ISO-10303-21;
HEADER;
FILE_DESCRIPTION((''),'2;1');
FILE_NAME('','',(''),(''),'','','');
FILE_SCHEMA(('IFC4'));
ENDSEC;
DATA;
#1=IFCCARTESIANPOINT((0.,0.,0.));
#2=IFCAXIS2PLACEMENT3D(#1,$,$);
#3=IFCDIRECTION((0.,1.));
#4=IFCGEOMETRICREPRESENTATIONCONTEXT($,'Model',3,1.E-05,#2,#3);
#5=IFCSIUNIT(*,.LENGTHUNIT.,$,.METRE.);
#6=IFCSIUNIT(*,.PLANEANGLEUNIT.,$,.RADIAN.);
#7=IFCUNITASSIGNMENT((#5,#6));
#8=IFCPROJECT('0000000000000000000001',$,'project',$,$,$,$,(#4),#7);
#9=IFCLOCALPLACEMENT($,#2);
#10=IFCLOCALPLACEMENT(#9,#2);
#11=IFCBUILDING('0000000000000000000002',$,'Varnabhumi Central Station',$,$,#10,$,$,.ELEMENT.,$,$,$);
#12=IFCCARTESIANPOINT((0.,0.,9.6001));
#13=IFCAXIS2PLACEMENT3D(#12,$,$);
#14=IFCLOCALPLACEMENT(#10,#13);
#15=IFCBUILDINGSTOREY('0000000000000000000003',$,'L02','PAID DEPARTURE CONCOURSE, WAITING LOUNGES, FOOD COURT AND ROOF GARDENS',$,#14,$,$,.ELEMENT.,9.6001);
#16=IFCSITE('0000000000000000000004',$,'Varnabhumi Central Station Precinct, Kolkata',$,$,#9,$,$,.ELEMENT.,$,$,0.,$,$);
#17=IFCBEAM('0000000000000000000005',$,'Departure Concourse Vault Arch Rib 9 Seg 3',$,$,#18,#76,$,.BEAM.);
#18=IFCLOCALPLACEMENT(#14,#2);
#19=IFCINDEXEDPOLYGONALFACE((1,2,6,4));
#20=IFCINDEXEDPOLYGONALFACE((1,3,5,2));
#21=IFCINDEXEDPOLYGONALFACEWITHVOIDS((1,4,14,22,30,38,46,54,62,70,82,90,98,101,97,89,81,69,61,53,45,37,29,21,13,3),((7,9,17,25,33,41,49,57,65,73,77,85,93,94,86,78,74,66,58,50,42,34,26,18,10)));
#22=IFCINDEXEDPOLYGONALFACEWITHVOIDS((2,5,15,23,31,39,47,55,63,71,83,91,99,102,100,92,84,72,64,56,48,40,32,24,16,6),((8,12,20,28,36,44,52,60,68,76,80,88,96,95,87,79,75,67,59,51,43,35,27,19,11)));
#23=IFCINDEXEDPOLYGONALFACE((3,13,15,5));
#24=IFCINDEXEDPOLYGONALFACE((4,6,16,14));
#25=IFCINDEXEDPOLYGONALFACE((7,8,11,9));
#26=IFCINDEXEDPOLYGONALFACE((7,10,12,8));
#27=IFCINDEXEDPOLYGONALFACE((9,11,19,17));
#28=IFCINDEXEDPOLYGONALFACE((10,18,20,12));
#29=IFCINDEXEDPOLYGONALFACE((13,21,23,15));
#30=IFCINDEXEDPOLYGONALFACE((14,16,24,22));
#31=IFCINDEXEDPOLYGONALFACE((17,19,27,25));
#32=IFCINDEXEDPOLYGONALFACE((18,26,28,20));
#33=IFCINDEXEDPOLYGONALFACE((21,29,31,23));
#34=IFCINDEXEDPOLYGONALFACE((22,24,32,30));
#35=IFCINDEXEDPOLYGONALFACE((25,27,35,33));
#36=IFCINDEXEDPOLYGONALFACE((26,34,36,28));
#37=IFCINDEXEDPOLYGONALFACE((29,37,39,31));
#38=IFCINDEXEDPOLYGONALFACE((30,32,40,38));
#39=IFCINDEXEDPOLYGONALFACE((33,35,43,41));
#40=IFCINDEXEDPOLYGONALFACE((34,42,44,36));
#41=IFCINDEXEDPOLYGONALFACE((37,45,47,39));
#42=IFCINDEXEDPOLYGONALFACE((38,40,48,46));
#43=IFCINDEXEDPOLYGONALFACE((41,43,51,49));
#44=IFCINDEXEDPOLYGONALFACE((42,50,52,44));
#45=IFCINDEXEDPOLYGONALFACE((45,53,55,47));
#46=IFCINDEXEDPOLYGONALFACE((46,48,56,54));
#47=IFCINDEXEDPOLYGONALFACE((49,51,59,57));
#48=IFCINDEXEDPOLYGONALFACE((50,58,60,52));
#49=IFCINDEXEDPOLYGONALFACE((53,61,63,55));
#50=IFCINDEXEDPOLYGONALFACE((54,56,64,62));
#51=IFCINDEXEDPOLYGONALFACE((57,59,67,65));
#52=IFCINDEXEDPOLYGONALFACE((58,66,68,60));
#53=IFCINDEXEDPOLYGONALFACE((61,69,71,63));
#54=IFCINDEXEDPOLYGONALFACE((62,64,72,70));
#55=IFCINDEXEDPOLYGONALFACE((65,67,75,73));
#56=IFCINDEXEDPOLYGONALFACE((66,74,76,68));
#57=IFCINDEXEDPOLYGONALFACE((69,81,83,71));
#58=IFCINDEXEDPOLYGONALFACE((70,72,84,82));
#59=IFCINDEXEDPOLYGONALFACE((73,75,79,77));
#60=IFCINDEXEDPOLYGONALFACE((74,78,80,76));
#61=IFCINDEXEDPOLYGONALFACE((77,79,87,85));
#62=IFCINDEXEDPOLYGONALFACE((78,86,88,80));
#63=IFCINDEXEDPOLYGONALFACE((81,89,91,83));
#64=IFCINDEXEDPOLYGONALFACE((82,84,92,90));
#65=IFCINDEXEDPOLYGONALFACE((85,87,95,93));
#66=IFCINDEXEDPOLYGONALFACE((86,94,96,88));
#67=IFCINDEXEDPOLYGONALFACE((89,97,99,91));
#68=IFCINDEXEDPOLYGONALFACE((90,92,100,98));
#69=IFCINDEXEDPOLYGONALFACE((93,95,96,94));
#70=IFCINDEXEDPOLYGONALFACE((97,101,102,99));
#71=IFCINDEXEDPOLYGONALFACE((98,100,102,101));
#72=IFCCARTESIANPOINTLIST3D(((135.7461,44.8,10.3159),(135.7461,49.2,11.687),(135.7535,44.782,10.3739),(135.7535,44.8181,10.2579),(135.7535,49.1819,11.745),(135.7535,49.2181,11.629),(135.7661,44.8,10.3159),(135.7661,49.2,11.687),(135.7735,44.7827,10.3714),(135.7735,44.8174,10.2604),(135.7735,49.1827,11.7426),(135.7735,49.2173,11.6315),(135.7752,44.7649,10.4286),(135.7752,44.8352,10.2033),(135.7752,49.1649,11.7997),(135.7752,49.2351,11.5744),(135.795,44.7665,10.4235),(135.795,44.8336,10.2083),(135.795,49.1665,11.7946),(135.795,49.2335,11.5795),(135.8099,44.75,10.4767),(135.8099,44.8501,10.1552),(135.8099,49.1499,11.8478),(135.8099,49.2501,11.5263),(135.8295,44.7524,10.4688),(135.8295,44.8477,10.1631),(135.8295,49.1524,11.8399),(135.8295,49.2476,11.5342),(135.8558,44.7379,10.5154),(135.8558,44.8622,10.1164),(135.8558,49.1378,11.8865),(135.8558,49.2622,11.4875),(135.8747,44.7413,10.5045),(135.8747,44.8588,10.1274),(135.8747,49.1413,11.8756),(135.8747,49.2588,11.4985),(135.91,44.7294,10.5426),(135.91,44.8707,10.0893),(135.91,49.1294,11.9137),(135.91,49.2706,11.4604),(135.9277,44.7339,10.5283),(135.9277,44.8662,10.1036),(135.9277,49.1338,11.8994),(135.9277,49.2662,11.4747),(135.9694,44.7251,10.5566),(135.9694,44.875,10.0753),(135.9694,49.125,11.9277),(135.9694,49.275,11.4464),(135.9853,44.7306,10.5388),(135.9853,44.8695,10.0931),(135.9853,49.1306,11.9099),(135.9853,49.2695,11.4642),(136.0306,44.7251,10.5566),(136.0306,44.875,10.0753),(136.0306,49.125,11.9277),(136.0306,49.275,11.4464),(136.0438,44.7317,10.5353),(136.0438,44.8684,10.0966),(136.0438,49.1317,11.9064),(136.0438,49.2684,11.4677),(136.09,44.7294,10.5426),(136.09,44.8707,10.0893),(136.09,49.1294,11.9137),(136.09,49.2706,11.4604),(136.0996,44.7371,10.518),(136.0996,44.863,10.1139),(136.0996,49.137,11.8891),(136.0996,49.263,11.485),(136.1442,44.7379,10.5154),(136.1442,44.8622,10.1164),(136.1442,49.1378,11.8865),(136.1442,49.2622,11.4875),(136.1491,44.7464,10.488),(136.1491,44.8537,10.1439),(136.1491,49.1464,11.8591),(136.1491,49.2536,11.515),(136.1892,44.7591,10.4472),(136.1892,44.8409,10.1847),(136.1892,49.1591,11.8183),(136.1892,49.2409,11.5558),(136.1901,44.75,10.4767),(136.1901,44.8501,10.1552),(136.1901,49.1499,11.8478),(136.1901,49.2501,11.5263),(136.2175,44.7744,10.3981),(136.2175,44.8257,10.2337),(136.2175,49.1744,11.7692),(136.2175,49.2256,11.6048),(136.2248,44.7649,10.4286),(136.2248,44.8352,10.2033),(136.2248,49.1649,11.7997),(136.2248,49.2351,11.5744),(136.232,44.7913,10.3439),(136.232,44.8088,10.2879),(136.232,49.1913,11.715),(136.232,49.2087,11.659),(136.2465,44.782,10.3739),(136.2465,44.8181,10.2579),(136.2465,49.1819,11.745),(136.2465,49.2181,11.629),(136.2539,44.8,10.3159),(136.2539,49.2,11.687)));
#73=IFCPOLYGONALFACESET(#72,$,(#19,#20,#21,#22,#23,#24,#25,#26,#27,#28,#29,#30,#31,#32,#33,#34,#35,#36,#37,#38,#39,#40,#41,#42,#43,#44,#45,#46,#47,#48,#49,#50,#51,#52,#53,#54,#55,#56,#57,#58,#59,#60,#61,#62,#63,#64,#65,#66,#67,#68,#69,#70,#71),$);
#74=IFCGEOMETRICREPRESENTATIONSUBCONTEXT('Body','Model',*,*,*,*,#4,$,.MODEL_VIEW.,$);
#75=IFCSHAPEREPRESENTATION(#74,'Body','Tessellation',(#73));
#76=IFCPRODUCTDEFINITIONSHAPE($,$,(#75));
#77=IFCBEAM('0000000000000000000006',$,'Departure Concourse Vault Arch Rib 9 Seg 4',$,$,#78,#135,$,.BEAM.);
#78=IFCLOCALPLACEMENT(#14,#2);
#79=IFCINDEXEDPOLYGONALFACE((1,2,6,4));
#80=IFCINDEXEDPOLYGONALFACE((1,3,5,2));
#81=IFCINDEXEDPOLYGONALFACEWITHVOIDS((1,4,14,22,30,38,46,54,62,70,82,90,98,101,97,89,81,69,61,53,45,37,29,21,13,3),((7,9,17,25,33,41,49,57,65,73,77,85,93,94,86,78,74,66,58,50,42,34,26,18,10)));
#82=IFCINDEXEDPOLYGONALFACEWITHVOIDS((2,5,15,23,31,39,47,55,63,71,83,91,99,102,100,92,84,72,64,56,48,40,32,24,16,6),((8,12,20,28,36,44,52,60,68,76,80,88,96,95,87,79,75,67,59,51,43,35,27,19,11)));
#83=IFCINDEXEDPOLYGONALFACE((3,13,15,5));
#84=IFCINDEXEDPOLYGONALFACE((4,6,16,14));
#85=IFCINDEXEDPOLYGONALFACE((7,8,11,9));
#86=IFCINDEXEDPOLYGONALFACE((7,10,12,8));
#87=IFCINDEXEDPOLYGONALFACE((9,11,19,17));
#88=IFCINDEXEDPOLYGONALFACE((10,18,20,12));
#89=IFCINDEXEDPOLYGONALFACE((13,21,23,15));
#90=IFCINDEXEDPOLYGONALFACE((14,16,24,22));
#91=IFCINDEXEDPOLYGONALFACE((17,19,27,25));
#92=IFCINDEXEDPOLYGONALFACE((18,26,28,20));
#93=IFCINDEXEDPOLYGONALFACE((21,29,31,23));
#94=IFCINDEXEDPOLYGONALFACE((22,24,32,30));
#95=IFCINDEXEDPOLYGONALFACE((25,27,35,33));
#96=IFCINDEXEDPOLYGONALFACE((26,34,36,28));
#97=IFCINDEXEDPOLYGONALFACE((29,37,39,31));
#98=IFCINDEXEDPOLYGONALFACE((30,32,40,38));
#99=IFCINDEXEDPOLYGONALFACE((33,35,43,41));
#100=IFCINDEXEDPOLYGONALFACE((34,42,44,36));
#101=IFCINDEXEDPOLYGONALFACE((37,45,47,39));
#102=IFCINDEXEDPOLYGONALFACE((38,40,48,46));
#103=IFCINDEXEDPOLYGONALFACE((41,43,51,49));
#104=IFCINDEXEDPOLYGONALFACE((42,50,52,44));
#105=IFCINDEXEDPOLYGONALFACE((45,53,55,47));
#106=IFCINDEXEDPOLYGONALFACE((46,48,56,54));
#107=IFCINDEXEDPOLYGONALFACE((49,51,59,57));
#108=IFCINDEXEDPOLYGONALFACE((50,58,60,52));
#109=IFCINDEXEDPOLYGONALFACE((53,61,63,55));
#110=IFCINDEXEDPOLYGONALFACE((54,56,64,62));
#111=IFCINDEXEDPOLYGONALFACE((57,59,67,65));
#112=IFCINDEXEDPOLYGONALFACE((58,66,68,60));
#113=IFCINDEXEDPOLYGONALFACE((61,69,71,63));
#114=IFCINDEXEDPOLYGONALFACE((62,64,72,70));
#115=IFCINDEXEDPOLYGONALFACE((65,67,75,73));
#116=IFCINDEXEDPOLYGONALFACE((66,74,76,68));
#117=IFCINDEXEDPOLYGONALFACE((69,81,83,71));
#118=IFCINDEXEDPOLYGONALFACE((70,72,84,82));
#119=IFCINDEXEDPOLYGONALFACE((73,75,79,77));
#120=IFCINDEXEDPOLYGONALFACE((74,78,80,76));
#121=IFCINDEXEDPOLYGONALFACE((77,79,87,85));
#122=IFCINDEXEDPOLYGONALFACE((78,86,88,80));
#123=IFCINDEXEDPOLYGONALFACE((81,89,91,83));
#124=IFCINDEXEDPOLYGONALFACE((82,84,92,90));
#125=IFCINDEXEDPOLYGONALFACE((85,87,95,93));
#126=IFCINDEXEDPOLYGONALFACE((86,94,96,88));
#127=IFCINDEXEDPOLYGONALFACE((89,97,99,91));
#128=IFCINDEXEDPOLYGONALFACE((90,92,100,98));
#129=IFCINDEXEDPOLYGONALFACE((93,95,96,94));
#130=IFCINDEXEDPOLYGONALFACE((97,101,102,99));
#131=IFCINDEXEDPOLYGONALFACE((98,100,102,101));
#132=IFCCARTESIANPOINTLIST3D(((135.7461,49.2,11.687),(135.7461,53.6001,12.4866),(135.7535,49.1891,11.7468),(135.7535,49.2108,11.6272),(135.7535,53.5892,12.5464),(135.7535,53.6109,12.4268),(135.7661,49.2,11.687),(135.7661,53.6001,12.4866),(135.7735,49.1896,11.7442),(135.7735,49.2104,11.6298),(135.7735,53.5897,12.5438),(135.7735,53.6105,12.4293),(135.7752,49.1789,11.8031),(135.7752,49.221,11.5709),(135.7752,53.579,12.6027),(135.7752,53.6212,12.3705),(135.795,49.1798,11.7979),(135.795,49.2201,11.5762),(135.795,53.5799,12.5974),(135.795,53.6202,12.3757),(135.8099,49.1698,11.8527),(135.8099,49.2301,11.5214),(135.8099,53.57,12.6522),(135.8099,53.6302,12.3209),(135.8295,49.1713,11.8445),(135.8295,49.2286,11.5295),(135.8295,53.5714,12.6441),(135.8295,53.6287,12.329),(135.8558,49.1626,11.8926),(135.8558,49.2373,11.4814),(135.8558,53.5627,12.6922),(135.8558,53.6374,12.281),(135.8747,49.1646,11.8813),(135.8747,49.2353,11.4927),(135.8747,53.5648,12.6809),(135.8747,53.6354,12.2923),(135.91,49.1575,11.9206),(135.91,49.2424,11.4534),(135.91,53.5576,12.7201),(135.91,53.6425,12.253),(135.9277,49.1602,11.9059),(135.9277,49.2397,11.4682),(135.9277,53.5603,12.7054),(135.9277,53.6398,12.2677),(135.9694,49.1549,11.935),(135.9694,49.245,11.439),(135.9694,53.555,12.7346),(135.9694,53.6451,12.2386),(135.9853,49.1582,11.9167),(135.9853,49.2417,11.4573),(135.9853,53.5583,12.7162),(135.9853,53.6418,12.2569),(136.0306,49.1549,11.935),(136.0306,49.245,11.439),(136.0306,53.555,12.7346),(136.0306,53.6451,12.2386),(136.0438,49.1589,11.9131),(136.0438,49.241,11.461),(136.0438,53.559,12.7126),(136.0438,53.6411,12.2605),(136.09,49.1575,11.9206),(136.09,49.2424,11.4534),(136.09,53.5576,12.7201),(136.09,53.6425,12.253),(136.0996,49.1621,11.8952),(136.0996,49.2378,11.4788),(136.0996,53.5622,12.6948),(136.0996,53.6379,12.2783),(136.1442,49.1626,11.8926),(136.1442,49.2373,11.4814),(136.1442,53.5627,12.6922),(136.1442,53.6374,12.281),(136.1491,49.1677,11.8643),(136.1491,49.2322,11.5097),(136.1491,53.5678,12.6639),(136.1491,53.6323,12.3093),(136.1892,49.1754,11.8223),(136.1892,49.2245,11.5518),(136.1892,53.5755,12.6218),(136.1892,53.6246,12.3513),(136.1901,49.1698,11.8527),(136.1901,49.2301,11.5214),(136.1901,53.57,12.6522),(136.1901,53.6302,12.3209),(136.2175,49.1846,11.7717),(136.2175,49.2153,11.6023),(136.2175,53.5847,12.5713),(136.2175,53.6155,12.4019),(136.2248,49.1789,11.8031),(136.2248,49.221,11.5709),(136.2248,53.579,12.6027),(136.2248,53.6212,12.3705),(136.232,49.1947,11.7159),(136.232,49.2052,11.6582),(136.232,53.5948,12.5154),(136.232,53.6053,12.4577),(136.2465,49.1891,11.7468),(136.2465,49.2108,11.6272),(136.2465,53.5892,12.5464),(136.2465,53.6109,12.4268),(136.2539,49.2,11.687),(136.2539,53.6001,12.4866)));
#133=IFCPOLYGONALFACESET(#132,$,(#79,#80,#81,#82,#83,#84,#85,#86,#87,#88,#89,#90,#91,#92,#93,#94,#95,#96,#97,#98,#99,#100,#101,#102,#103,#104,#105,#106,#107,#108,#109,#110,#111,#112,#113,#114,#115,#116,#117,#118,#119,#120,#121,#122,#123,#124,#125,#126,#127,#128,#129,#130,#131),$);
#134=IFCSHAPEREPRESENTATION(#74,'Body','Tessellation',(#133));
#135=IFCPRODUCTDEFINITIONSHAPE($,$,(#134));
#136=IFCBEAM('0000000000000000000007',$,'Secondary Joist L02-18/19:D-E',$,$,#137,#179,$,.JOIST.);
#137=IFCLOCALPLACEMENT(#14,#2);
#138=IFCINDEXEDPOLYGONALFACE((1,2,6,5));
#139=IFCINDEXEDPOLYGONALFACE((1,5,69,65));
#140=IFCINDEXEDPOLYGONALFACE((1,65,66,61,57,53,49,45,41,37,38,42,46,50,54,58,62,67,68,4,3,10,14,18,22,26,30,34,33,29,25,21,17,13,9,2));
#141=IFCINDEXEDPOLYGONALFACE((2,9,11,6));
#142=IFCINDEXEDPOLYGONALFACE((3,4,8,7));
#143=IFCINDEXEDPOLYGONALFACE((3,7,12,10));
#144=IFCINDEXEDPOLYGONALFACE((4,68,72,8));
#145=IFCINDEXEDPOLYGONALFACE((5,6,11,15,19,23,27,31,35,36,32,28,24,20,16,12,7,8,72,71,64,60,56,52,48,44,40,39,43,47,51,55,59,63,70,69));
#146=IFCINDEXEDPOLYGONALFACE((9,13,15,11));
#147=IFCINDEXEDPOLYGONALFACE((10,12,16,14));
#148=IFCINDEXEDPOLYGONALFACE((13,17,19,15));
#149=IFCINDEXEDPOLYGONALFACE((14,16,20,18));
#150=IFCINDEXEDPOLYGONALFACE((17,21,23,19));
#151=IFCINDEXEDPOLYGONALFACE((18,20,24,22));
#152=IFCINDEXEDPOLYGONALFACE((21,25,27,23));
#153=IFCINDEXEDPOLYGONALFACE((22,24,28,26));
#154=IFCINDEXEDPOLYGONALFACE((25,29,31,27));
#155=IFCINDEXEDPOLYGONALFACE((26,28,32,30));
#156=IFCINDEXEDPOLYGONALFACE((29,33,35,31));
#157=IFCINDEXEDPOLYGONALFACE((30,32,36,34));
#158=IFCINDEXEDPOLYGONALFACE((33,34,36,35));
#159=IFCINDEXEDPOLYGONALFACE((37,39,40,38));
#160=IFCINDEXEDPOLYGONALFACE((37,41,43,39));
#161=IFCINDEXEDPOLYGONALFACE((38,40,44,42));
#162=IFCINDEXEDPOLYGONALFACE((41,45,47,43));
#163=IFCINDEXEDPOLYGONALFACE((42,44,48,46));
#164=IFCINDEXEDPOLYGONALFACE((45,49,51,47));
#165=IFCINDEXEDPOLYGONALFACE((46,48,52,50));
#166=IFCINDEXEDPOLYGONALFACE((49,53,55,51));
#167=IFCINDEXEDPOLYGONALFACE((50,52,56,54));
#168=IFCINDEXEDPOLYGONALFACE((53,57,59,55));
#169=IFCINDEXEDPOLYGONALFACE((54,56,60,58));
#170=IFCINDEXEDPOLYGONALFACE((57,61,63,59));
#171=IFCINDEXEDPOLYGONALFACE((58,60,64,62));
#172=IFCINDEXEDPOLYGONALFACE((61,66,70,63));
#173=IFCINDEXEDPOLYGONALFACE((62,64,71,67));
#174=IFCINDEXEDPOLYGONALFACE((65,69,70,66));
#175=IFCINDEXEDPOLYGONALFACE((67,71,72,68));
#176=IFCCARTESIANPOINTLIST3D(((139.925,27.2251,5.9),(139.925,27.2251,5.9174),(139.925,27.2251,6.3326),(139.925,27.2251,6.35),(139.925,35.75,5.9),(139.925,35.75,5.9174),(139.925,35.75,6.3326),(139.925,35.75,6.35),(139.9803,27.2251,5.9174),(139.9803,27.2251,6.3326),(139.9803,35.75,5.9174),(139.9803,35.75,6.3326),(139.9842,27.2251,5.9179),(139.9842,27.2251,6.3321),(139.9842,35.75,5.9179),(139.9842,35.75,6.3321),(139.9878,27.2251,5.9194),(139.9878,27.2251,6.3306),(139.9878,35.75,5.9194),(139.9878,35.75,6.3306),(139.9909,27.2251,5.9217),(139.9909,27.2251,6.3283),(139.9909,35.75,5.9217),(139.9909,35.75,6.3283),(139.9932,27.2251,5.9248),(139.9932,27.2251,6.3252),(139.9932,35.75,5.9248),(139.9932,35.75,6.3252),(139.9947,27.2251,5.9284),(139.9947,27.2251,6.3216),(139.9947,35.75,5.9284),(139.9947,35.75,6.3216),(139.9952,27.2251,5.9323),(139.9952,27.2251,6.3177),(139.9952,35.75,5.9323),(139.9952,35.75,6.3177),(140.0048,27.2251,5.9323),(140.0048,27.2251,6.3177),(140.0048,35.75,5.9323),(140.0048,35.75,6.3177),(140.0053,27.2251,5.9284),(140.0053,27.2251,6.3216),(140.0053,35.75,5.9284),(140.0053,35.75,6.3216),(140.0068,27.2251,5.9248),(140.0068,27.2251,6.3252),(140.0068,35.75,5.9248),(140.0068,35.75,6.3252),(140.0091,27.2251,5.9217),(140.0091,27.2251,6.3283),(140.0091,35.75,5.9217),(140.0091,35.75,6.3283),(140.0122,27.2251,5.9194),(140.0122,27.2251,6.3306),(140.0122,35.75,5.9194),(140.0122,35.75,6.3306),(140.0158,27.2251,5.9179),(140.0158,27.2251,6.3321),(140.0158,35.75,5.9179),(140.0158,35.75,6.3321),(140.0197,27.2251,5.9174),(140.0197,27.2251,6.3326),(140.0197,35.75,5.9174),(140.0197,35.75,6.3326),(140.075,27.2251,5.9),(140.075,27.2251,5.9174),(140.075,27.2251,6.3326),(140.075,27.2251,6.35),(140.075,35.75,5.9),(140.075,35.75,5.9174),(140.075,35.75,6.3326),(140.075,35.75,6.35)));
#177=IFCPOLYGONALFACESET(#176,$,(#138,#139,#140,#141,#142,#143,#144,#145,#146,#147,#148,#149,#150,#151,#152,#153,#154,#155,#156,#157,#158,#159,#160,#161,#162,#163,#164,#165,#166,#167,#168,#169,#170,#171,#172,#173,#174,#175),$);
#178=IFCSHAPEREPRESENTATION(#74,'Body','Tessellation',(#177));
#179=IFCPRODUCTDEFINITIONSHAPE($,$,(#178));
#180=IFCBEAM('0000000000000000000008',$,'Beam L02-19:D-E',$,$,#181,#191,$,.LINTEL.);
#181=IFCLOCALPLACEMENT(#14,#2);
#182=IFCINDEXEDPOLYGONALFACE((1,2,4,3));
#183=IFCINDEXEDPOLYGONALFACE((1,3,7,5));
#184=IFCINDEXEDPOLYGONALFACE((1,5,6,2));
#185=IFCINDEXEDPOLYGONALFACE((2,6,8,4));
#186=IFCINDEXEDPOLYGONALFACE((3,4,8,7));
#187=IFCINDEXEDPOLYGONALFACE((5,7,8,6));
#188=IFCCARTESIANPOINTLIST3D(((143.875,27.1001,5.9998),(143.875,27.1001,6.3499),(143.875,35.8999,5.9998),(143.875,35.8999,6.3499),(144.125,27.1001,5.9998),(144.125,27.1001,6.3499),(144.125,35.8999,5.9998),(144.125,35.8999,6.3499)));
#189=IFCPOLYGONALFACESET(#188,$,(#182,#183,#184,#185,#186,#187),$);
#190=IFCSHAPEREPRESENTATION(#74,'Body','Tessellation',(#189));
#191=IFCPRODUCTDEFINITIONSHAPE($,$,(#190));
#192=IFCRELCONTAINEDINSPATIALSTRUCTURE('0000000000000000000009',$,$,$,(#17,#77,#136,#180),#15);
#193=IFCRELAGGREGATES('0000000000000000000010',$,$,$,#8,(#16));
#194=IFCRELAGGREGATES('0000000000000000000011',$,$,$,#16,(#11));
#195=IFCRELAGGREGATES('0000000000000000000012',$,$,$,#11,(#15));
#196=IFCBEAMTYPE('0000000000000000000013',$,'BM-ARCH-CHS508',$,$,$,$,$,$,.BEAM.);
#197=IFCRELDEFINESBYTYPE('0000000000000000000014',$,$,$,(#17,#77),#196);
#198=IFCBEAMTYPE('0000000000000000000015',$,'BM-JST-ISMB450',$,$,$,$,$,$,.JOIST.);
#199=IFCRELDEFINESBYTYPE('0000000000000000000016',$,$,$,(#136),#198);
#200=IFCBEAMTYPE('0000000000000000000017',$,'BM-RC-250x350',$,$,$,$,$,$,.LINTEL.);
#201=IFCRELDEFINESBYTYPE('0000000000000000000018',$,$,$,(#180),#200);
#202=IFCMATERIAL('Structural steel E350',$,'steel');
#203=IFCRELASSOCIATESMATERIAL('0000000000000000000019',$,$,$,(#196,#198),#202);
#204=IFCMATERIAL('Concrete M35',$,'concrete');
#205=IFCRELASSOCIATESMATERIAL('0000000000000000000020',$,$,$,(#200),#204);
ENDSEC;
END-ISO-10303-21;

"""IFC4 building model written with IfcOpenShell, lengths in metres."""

from ifc_helpers import new_model, si_unit, direction, frame, origin, origin_2d, place, context, subcontext, project, spatial, rectangle, hollow_circle, i_section, extrude, material, material_profile, profile_set, type_object, element, save


model = new_model("IFC4")

# Units and contexts
model_context = context("Model", 3, precision=1e-05, world=origin(), true_north=direction((0.0, 1.0)))
body_context = subcontext(model_context, "Body", "Model", "MODEL_VIEW")
ifc_project = project(units=[si_unit("LENGTHUNIT", "METRE"), si_unit("PLANEANGLEUNIT", "RADIAN")], contexts=[model_context])

# Site, building, storey
site_placement = place(None, origin())
site = spatial("IfcSite", under=ifc_project, at=site_placement, Name="Varnabhumi Central Station Precinct, Kolkata", CompositionType="ELEMENT", RefElevation=0.0)
building_placement = place(site_placement, origin())
building = spatial("IfcBuilding", under=site, at=building_placement, Name="Varnabhumi Central Station", CompositionType="ELEMENT")
storey_placement = place(building_placement, frame((0.0, 0.0, 9.6001)))
storey = spatial("IfcBuildingStorey", under=building, at=storey_placement, Name="L02", Description="PAID DEPARTURE CONCOURSE, WAITING LOUNGES, FOOD COURT AND ROOF GARDENS", CompositionType="ELEMENT", Elevation=9.6001)

# Beams
ifc_material_1 = material(Name="Structural steel E350", Category="steel")
ifc_material_profile_1 = material_profile(ifc_material_1, hollow_circle(Radius=0.2539, WallThickness=0.02, at=origin_2d()), Name="Structural steel E350", Category="steel")
ifc_profile_set_1 = profile_set([ifc_material_profile_1], Name="Structural steel E350")
beam_type_1 = type_object("IfcBeamType", Name="BM-ARCH-CHS508", PredefinedType="BEAM", material=ifc_profile_set_1)
beam_1_placement = place(storey_placement, frame((136.0, 44.8, 10.3159), z_axis=(0.0, 0.954719, 0.297509), x_axis=(-1.0, 0.0, 0.0)))
element("IfcBeam", 1, at=beam_1_placement, inside=storey, type_object=beam_type_1, Name="Departure Concourse Vault Arch Rib 9 Seg 3", PredefinedType="BEAM", context=body_context, shape_type="SweptSolid", body=[
    extrude(hollow_circle(Radius=0.2539, WallThickness=0.02, at=origin_2d()), origin(), (0.0, 0.0, 1.0), 4.6086),
])
beam_2_placement = place(storey_placement, frame((136.0, 49.2, 11.687), z_axis=(0.0, 0.983888, 0.178785), x_axis=(-1.0, 0.0, 0.0)))
element("IfcBeam", 2, at=beam_2_placement, inside=storey, type_object=beam_type_1, Name="Departure Concourse Vault Arch Rib 9 Seg 4", PredefinedType="BEAM", context=body_context, shape_type="SweptSolid", body=[
    extrude(hollow_circle(Radius=0.2539, WallThickness=0.02, at=origin_2d()), origin(), (0.0, 0.0, 1.0), 4.4722),
])
ifc_material_profile_2 = material_profile(ifc_material_1, i_section(OverallWidth=0.1499, OverallDepth=0.45, WebThickness=0.0095, FlangeThickness=0.0173, FilletRadius=0.0149, at=origin_2d()), Name="Structural steel E350", Category="steel")
ifc_profile_set_2 = profile_set([ifc_material_profile_2], Name="Structural steel E350")
beam_type_2 = type_object("IfcBeamType", Name="BM-JST-ISMB450", PredefinedType="JOIST", material=ifc_profile_set_2)
beam_3_placement = place(storey_placement, frame((140.0, 27.2251, 6.125), z_axis=(0.0, 1.0, 0.0), x_axis=(-1.0, 0.0, 0.0)))
element("IfcBeam", 3, at=beam_3_placement, inside=storey, type_object=beam_type_2, Name="Secondary Joist L02-18/19:D-E", PredefinedType="JOIST", context=body_context, shape_type="SweptSolid", body=[
    extrude(i_section(OverallWidth=0.1499, OverallDepth=0.45, WebThickness=0.0095, FlangeThickness=0.0173, FilletRadius=0.0149, at=origin_2d()), origin(), (0.0, 0.0, 1.0), 8.5249),
])
ifc_material_2 = material(Name="Concrete M35", Category="concrete")
ifc_material_profile_3 = material_profile(ifc_material_2, rectangle(XDim=0.25, YDim=0.3501, at=origin_2d()), Name="Concrete M35", Category="concrete")
ifc_profile_set_3 = profile_set([ifc_material_profile_3], Name="Concrete M35")
beam_type_3 = type_object("IfcBeamType", Name="BM-RC-250x350", PredefinedType="LINTEL", material=ifc_profile_set_3)
beam_4_placement = place(storey_placement, frame((144.0, 27.1001, 6.1748), z_axis=(0.0, 1.0, 0.0), x_axis=(-1.0, 0.0, 0.0)))
element("IfcBeam", 4, at=beam_4_placement, inside=storey, type_object=beam_type_3, Name="Beam L02-19:D-E", PredefinedType="LINTEL", context=body_context, shape_type="SweptSolid", body=[
    extrude(rectangle(XDim=0.25, YDim=0.3501, at=origin_2d()), origin(), (0.0, 0.0, 1.0), 8.7998),
])

save(model, "model.ifc")
